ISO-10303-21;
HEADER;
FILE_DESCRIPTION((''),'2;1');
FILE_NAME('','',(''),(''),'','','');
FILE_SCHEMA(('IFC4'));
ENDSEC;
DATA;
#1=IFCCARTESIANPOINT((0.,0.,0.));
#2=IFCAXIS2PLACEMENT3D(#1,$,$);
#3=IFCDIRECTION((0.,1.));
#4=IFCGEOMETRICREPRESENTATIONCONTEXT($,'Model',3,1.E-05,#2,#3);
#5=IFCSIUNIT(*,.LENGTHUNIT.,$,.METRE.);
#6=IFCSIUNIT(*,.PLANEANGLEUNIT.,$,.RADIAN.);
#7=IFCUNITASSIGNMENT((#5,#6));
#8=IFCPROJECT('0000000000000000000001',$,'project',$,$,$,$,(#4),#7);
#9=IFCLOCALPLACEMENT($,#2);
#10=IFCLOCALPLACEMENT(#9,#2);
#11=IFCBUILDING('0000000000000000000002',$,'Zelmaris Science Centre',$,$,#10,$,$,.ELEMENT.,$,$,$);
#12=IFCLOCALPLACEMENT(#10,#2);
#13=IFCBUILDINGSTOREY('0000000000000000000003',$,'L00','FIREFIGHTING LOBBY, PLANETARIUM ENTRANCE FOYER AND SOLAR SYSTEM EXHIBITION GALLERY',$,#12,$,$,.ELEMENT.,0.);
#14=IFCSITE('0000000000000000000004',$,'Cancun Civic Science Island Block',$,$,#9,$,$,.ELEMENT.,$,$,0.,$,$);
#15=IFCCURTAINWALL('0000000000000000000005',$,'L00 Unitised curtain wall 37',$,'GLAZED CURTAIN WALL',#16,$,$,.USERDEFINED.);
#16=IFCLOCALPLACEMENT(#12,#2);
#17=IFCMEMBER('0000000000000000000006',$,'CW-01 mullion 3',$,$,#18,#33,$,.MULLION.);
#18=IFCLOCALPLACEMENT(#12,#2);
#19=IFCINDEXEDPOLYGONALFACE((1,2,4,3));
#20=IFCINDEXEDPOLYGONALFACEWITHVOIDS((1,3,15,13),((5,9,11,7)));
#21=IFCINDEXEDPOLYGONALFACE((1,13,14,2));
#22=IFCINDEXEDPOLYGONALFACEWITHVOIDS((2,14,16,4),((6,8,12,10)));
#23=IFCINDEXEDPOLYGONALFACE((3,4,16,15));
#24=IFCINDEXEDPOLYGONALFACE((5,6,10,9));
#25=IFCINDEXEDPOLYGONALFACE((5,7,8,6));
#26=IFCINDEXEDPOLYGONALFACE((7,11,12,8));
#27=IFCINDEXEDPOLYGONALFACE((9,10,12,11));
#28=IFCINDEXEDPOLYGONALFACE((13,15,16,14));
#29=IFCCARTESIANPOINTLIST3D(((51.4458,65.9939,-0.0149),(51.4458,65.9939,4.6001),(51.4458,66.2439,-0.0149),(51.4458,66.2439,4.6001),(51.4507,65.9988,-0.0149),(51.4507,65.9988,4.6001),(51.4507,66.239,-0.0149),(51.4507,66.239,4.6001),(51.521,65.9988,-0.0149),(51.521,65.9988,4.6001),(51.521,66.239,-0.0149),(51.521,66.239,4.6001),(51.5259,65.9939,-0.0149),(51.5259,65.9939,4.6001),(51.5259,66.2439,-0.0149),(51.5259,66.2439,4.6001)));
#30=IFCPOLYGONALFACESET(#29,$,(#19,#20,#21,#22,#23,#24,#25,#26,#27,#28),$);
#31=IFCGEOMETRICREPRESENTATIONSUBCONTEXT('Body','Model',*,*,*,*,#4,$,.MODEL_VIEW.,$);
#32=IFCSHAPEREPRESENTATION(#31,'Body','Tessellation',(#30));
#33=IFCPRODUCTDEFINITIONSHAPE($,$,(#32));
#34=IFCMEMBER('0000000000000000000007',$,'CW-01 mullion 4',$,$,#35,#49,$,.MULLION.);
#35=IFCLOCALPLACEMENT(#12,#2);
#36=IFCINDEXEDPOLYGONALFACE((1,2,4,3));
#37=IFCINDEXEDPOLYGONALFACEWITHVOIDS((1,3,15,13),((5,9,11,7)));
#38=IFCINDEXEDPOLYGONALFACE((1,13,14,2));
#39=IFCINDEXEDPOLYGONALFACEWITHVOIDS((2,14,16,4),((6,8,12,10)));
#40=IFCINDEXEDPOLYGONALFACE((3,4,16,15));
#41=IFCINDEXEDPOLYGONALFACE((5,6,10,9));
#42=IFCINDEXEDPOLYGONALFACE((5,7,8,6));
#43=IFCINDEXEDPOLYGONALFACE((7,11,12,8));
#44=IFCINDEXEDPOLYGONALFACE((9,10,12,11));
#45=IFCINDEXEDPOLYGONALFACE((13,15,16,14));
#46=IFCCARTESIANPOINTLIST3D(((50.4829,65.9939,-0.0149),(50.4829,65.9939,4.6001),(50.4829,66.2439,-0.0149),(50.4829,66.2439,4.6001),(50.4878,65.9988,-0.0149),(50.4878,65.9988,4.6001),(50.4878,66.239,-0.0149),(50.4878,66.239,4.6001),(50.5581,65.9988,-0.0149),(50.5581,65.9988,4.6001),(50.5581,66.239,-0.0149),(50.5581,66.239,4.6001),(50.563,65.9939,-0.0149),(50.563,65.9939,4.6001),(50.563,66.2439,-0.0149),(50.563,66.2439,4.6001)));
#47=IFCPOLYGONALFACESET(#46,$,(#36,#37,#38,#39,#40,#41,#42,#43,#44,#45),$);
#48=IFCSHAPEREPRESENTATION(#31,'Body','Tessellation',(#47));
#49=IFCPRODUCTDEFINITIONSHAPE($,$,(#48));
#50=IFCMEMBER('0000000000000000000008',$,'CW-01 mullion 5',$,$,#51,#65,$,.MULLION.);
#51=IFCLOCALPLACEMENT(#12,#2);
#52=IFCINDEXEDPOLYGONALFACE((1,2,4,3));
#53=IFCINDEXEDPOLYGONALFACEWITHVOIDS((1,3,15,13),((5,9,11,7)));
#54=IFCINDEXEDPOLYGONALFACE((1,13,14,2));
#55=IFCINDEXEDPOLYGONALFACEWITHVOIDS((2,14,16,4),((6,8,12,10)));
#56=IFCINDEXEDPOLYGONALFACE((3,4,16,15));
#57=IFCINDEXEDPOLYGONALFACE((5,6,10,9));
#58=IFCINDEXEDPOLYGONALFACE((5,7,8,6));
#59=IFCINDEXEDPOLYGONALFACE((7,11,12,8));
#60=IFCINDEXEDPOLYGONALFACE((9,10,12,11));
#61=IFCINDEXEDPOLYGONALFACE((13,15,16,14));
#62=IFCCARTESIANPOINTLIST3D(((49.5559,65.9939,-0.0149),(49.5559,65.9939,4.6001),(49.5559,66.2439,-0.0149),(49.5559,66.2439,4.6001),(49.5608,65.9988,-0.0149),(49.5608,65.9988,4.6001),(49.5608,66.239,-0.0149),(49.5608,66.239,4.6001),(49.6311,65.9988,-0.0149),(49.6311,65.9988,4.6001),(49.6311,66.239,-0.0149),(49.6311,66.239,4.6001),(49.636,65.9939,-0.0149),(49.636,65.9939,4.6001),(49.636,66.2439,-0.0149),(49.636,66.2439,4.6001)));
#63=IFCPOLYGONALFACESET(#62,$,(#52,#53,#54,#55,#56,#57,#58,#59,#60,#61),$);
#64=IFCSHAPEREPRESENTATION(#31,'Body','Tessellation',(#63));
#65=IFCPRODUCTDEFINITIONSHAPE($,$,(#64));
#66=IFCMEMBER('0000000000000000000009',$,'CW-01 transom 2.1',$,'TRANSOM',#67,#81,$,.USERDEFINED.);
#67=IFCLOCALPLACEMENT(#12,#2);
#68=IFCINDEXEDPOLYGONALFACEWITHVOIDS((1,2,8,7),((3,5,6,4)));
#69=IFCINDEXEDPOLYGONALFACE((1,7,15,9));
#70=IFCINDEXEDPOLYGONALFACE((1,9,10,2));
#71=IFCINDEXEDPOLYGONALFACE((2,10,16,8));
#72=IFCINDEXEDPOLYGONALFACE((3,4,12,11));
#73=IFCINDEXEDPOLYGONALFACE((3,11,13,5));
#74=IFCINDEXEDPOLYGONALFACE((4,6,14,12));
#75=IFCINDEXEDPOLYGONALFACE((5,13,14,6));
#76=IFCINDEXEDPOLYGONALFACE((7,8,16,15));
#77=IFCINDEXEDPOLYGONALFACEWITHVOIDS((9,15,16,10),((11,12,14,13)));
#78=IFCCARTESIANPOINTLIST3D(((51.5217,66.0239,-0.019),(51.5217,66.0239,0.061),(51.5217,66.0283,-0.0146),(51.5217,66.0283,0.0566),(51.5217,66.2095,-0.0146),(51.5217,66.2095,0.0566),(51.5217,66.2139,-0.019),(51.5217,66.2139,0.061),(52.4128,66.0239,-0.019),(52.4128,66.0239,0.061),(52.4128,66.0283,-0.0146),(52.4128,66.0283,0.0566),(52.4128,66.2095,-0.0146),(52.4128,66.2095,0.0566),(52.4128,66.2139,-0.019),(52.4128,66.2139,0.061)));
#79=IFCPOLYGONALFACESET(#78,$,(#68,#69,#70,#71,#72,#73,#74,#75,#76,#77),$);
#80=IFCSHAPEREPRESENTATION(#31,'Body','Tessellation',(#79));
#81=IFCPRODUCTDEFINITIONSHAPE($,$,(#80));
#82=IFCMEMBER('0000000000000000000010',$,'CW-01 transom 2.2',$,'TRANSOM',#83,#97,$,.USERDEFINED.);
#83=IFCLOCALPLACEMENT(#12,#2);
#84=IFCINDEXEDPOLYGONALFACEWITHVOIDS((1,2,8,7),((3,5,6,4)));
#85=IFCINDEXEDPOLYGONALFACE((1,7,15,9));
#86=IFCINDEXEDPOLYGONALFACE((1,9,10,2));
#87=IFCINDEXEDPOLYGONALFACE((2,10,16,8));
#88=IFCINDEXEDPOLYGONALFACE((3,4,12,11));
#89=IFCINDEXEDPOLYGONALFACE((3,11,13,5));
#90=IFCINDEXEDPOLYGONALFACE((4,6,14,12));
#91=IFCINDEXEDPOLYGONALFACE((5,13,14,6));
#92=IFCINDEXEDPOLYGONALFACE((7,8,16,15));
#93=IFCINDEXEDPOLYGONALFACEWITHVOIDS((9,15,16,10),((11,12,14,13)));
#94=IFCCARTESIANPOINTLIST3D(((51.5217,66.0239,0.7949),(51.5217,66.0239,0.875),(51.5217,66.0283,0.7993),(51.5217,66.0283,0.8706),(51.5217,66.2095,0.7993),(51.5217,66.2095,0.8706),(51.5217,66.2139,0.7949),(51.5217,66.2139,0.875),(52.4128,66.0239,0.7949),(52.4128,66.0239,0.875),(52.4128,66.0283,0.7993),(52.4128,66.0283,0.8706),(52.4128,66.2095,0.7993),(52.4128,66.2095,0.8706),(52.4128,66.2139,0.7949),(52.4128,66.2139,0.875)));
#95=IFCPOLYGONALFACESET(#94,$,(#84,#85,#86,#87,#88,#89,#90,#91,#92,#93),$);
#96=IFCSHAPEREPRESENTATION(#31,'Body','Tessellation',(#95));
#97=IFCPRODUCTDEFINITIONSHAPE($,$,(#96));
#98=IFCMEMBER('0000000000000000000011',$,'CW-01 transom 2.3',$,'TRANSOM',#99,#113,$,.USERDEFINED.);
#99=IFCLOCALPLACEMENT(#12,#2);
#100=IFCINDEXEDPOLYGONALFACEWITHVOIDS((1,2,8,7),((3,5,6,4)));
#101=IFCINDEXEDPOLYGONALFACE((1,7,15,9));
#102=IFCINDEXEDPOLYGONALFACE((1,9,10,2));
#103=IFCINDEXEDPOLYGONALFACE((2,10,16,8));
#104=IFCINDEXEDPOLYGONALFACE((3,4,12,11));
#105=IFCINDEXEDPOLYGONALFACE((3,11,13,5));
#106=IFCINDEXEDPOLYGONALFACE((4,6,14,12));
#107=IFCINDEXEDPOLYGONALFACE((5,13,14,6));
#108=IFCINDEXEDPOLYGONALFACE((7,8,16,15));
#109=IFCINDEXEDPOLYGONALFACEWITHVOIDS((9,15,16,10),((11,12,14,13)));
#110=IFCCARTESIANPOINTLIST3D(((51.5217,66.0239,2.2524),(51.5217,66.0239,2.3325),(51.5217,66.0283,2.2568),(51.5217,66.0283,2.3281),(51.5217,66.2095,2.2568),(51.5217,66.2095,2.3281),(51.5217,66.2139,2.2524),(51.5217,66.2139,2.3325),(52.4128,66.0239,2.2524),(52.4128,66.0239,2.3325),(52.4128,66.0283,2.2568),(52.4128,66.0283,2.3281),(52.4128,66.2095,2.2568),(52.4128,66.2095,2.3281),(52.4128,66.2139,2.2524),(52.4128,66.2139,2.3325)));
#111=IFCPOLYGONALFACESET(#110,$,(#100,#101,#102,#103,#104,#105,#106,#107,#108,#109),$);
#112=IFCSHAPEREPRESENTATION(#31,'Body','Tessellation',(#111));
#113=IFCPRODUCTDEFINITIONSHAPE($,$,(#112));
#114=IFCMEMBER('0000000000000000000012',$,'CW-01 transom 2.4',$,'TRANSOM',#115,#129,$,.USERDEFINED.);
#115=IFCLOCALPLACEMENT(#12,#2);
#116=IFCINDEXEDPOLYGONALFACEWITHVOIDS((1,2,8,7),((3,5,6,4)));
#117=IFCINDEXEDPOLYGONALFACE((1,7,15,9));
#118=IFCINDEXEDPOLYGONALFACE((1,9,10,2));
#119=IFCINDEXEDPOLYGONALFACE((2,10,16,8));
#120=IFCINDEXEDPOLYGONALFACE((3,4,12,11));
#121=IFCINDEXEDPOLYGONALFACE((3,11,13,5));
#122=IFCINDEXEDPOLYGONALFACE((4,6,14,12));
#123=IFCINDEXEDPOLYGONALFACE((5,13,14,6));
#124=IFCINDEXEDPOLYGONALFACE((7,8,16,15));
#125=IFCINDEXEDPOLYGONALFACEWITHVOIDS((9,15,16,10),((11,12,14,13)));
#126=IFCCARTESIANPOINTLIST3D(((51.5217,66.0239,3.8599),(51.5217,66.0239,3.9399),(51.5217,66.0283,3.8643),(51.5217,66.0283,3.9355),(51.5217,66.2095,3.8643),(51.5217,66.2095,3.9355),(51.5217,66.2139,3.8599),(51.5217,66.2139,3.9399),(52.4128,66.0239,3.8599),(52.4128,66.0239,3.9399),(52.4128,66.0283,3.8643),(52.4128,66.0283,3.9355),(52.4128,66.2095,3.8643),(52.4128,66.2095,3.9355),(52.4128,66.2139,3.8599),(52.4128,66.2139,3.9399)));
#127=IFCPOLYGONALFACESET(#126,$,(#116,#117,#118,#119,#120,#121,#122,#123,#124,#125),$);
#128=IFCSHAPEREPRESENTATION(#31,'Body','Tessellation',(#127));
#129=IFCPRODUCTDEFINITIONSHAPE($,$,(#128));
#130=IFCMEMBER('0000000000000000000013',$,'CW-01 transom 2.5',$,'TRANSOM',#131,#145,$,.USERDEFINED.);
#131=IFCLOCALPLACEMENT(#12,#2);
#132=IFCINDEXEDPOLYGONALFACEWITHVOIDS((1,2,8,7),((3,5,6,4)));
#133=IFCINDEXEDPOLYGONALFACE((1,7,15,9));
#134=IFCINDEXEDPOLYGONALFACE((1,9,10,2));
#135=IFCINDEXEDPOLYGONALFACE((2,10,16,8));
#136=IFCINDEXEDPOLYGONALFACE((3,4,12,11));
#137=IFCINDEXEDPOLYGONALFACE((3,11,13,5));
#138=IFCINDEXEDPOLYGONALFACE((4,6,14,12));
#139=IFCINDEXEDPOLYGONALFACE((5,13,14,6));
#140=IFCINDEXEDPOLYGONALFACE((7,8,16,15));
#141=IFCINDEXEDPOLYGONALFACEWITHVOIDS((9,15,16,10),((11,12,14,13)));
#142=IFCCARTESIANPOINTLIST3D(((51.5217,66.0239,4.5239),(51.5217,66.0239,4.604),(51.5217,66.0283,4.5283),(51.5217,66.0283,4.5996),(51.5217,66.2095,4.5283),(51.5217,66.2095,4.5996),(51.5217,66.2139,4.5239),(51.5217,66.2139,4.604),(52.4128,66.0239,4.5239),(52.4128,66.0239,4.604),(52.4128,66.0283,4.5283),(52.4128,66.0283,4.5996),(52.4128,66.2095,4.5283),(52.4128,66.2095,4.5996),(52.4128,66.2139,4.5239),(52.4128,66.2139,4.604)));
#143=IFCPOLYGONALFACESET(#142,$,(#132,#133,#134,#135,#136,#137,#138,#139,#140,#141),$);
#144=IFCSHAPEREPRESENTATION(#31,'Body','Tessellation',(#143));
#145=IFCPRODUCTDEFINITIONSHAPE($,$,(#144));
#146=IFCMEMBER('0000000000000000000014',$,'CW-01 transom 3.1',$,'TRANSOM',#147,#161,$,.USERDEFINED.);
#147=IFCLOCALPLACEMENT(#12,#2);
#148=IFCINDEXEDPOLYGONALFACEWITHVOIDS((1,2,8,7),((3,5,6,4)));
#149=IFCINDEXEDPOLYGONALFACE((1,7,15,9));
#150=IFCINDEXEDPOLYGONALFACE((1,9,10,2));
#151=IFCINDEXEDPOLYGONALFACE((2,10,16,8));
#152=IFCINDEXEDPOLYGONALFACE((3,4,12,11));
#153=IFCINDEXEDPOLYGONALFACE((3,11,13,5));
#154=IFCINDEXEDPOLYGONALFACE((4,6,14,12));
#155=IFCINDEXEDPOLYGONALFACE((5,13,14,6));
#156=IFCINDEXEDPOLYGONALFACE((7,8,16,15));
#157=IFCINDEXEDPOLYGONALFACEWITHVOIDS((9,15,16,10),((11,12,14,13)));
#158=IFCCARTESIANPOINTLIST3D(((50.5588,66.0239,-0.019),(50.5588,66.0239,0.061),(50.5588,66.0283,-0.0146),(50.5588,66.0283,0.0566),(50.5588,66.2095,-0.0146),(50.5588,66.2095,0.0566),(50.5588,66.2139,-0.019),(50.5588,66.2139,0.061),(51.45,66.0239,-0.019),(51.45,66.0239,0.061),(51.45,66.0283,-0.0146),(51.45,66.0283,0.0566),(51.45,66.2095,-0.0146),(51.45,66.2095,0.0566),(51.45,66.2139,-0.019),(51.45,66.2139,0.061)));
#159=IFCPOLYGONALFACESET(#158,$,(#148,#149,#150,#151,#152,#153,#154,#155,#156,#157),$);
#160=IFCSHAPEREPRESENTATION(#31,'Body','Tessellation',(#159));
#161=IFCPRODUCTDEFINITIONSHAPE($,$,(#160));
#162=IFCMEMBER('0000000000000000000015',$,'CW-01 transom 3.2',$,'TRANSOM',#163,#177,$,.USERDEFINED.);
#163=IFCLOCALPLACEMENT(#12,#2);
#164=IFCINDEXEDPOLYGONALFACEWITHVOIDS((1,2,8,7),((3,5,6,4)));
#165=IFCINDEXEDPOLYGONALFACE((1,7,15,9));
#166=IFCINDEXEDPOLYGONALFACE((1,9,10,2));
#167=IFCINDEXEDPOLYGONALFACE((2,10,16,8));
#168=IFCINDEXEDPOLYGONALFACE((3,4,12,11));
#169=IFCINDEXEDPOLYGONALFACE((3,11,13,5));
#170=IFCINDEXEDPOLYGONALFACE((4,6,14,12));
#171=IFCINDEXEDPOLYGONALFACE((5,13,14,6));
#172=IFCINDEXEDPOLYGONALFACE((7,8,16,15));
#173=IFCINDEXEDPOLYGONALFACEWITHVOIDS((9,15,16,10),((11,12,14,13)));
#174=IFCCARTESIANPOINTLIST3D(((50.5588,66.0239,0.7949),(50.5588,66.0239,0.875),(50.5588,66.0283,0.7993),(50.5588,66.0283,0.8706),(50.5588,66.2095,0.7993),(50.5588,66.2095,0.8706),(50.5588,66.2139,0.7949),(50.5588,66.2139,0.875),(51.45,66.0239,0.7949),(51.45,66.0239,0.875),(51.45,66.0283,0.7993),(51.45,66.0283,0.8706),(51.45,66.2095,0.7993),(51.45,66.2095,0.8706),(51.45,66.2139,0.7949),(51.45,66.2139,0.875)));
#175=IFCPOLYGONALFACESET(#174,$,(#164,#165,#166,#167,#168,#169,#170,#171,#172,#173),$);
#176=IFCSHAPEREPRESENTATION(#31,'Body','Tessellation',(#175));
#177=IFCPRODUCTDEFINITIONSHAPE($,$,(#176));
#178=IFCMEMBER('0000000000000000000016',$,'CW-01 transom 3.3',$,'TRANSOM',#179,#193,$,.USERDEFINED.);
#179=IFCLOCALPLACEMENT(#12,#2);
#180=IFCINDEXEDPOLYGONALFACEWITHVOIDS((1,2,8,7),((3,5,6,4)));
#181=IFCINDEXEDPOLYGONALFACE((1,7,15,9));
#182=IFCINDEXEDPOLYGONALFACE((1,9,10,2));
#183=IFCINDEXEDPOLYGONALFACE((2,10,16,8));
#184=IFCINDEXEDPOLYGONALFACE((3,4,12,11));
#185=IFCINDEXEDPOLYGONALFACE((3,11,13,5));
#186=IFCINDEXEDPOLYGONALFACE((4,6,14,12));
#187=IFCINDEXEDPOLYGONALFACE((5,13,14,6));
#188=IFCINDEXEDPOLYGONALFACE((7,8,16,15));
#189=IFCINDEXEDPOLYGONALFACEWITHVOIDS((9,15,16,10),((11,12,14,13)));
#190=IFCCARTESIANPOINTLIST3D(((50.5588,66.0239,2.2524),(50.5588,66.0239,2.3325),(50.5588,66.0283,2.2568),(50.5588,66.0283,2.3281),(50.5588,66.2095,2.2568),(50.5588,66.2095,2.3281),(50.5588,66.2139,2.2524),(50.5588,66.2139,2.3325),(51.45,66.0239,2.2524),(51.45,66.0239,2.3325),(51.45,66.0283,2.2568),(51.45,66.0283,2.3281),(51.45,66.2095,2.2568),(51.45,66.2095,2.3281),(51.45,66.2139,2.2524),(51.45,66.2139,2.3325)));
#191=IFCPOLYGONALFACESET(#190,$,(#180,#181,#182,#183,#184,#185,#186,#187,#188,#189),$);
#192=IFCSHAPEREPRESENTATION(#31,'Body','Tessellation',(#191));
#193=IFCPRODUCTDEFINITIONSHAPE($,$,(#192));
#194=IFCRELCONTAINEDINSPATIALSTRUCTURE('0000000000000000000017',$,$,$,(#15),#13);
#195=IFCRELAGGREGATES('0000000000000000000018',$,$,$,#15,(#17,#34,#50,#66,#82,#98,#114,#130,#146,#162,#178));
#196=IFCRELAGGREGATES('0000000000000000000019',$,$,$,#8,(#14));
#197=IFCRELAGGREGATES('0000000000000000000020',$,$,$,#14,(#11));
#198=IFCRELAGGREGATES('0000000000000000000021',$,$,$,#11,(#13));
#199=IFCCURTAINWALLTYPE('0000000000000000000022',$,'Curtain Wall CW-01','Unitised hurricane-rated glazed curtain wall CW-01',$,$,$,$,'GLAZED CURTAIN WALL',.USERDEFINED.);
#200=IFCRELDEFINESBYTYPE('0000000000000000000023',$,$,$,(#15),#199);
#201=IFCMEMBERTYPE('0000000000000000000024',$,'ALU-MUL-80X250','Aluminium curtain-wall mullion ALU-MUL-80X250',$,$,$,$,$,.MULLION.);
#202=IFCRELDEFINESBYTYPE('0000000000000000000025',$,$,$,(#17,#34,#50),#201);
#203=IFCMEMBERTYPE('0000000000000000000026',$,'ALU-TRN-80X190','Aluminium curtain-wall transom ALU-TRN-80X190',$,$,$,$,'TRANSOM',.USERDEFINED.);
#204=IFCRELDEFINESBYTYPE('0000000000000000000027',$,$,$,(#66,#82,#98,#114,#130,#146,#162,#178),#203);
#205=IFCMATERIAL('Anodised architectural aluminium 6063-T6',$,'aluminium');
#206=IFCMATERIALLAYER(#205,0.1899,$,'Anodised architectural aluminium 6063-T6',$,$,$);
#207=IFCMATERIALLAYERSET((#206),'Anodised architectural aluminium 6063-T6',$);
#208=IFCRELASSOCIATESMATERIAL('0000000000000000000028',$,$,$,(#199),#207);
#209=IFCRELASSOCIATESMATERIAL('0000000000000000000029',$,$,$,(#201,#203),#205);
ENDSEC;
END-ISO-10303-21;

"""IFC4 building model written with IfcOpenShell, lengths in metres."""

from ifc_helpers import new_model, si_unit, direction, frame, origin, origin_2d, place, context, subcontext, project, spatial, hollow_rectangle, extrude, material, layer, layer_set, material_profile, profile_set, type_object, element, aggregate, save


model = new_model("IFC4")

# Units and contexts
model_context = context("Model", 3, precision=1e-05, world=origin(), true_north=direction((0.0, 1.0)))
body_context = subcontext(model_context, "Body", "Model", "MODEL_VIEW")
ifc_project = project(units=[si_unit("LENGTHUNIT", "METRE"), si_unit("PLANEANGLEUNIT", "RADIAN")], contexts=[model_context])

# Site, building, storey
site_placement = place(None, origin())
site = spatial("IfcSite", under=ifc_project, at=site_placement, Name="Cancun Civic Science Island Block", CompositionType="ELEMENT", RefElevation=0.0)
building_placement = place(site_placement, origin())
building = spatial("IfcBuilding", under=site, at=building_placement, Name="Zelmaris Science Centre", CompositionType="ELEMENT")
storey_placement = place(building_placement, origin())
storey = spatial("IfcBuildingStorey", under=building, at=storey_placement, Name="L00", Description="FIREFIGHTING LOBBY, PLANETARIUM ENTRANCE FOYER AND SOLAR SYSTEM EXHIBITION GALLERY", CompositionType="ELEMENT", Elevation=0.0)

# Curtain wall, members
ifc_material_1 = material(Name="Anodised architectural aluminium 6063-T6", Category="aluminium")
ifc_layer_1 = layer(ifc_material_1, 0.1899, Name="Anodised architectural aluminium 6063-T6")
ifc_layer_set_1 = layer_set([ifc_layer_1], Name="Anodised architectural aluminium 6063-T6")
curtain_wall_type = type_object("IfcCurtainWallType", Name="Curtain Wall CW-01", Description="Unitised hurricane-rated glazed curtain wall CW-01", ElementType="GLAZED CURTAIN WALL", PredefinedType="USERDEFINED", material=ifc_layer_set_1)
curtain_wall_placement = place(storey_placement, origin())
curtain_wall = element("IfcCurtainWall", 1, at=curtain_wall_placement, inside=storey, type_object=curtain_wall_type, Name="L00 Unitised curtain wall 37", ObjectType="GLAZED CURTAIN WALL", PredefinedType="USERDEFINED")
ifc_material_profile_1 = material_profile(ifc_material_1, hollow_rectangle(XDim=0.0801, YDim=0.25, WallThickness=0.0049, at=origin_2d()), Name="ALU-MUL-80X250")
ifc_profile_set_1 = profile_set([ifc_material_profile_1], Name="Anodised architectural aluminium 6063-T6")
member_type_1 = type_object("IfcMemberType", Name="ALU-MUL-80X250", Description="Aluminium curtain-wall mullion ALU-MUL-80X250", PredefinedType="MULLION", material=ifc_profile_set_1)
member_1_placement = place(storey_placement, frame((51.4858, 66.1189, -0.0149), z_axis=(0.0, 0.0, 1.0), x_axis=(-1.0, 0.0, 0.0)))
member_1 = element("IfcMember", 2, at=member_1_placement, type_object=member_type_1, Name="CW-01 mullion 3", PredefinedType="MULLION", context=body_context, shape_type="SweptSolid", body=[
    extrude(hollow_rectangle(XDim=0.0801, YDim=0.25, WallThickness=0.0049, at=origin_2d()), origin(), (0.0, 0.0, 1.0), 4.615),
])
member_2_placement = place(storey_placement, frame((50.5229, 66.1189, -0.0149), z_axis=(0.0, 0.0, 1.0), x_axis=(-1.0, 0.0, 0.0)))
member_2 = element("IfcMember", 3, at=member_2_placement, type_object=member_type_1, Name="CW-01 mullion 4", PredefinedType="MULLION", context=body_context, shape_type="SweptSolid", body=[
    extrude(hollow_rectangle(XDim=0.0801, YDim=0.25, WallThickness=0.0049, at=origin_2d()), origin(), (0.0, 0.0, 1.0), 4.615),
])
member_3_placement = place(storey_placement, frame((49.5959, 66.1189, -0.0149), z_axis=(0.0, 0.0, 1.0), x_axis=(-1.0, 0.0, 0.0)))
member_3 = element("IfcMember", 4, at=member_3_placement, type_object=member_type_1, Name="CW-01 mullion 5", PredefinedType="MULLION", context=body_context, shape_type="SweptSolid", body=[
    extrude(hollow_rectangle(XDim=0.0801, YDim=0.25, WallThickness=0.0049, at=origin_2d()), origin(), (0.0, 0.0, 1.0), 4.615),
])
ifc_material_profile_2 = material_profile(ifc_material_1, hollow_rectangle(XDim=0.0801, YDim=0.1899, WallThickness=0.0044, at=origin_2d()), Name="ALU-TRN-80X190")
ifc_profile_set_2 = profile_set([ifc_material_profile_2], Name="Anodised architectural aluminium 6063-T6")
member_type_2 = type_object("IfcMemberType", Name="ALU-TRN-80X190", Description="Aluminium curtain-wall transom ALU-TRN-80X190", ElementType="TRANSOM", PredefinedType="USERDEFINED", material=ifc_profile_set_2)
member_4_placement = place(storey_placement, frame((52.4128, 66.1189, 0.021), z_axis=(-1.0, 0.0, 0.0), x_axis=(0.0, 0.0, 1.0)))
member_4 = element("IfcMember", 5, at=member_4_placement, type_object=member_type_2, Name="CW-01 transom 2.1", ObjectType="TRANSOM", PredefinedType="USERDEFINED", context=body_context, shape_type="SweptSolid", body=[
    extrude(hollow_rectangle(XDim=0.0801, YDim=0.1899, WallThickness=0.0044, at=origin_2d()), origin(), (0.0, 0.0, 1.0), 0.8911),
])
member_5_placement = place(storey_placement, frame((52.4128, 66.1189, 0.835), z_axis=(-1.0, 0.0, 0.0), x_axis=(0.0, 0.0, 1.0)))
member_5 = element("IfcMember", 6, at=member_5_placement, type_object=member_type_2, Name="CW-01 transom 2.2", ObjectType="TRANSOM", PredefinedType="USERDEFINED", context=body_context, shape_type="SweptSolid", body=[
    extrude(hollow_rectangle(XDim=0.0801, YDim=0.1899, WallThickness=0.0044, at=origin_2d()), origin(), (0.0, 0.0, 1.0), 0.8911),
])
member_6_placement = place(storey_placement, frame((52.4128, 66.1189, 2.2925), z_axis=(-1.0, 0.0, 0.0), x_axis=(0.0, 0.0, 1.0)))
member_6 = element("IfcMember", 7, at=member_6_placement, type_object=member_type_2, Name="CW-01 transom 2.3", ObjectType="TRANSOM", PredefinedType="USERDEFINED", context=body_context, shape_type="SweptSolid", body=[
    extrude(hollow_rectangle(XDim=0.0801, YDim=0.1899, WallThickness=0.0044, at=origin_2d()), origin(), (0.0, 0.0, 1.0), 0.8911),
])
member_7_placement = place(storey_placement, frame((52.4128, 66.1189, 3.8999), z_axis=(-1.0, 0.0, 0.0), x_axis=(0.0, 0.0, 1.0)))
member_7 = element("IfcMember", 8, at=member_7_placement, type_object=member_type_2, Name="CW-01 transom 2.4", ObjectType="TRANSOM", PredefinedType="USERDEFINED", context=body_context, shape_type="SweptSolid", body=[
    extrude(hollow_rectangle(XDim=0.0801, YDim=0.1899, WallThickness=0.0044, at=origin_2d()), origin(), (0.0, 0.0, 1.0), 0.8911),
])
member_8_placement = place(storey_placement, frame((52.4128, 66.1189, 4.564), z_axis=(-1.0, 0.0, 0.0), x_axis=(0.0, 0.0, 1.0)))
member_8 = element("IfcMember", 9, at=member_8_placement, type_object=member_type_2, Name="CW-01 transom 2.5", ObjectType="TRANSOM", PredefinedType="USERDEFINED", context=body_context, shape_type="SweptSolid", body=[
    extrude(hollow_rectangle(XDim=0.0801, YDim=0.1899, WallThickness=0.0044, at=origin_2d()), origin(), (0.0, 0.0, 1.0), 0.8911),
])
member_9_placement = place(storey_placement, frame((51.45, 66.1189, 0.021), z_axis=(-1.0, 0.0, 0.0), x_axis=(0.0, 0.0, 1.0)))
member_9 = element("IfcMember", 10, at=member_9_placement, type_object=member_type_2, Name="CW-01 transom 3.1", ObjectType="TRANSOM", PredefinedType="USERDEFINED", context=body_context, shape_type="SweptSolid", body=[
    extrude(hollow_rectangle(XDim=0.0801, YDim=0.1899, WallThickness=0.0044, at=origin_2d()), origin(), (0.0, 0.0, 1.0), 0.8911),
])
member_10_placement = place(storey_placement, frame((51.45, 66.1189, 0.835), z_axis=(-1.0, 0.0, 0.0), x_axis=(0.0, 0.0, 1.0)))
member_10 = element("IfcMember", 11, at=member_10_placement, type_object=member_type_2, Name="CW-01 transom 3.2", ObjectType="TRANSOM", PredefinedType="USERDEFINED", context=body_context, shape_type="SweptSolid", body=[
    extrude(hollow_rectangle(XDim=0.0801, YDim=0.1899, WallThickness=0.0044, at=origin_2d()), origin(), (0.0, 0.0, 1.0), 0.8911),
])
member_11_placement = place(storey_placement, frame((51.45, 66.1189, 2.2925), z_axis=(-1.0, 0.0, 0.0), x_axis=(0.0, 0.0, 1.0)))
member_11 = element("IfcMember", 12, at=member_11_placement, type_object=member_type_2, Name="CW-01 transom 3.3", ObjectType="TRANSOM", PredefinedType="USERDEFINED", context=body_context, shape_type="SweptSolid", body=[
    extrude(hollow_rectangle(XDim=0.0801, YDim=0.1899, WallThickness=0.0044, at=origin_2d()), origin(), (0.0, 0.0, 1.0), 0.8911),
])

aggregate(curtain_wall, [member_1, member_2, member_3, member_4, member_5, member_6, member_7, member_8, member_9, member_10, member_11])

save(model, "model.ifc")
